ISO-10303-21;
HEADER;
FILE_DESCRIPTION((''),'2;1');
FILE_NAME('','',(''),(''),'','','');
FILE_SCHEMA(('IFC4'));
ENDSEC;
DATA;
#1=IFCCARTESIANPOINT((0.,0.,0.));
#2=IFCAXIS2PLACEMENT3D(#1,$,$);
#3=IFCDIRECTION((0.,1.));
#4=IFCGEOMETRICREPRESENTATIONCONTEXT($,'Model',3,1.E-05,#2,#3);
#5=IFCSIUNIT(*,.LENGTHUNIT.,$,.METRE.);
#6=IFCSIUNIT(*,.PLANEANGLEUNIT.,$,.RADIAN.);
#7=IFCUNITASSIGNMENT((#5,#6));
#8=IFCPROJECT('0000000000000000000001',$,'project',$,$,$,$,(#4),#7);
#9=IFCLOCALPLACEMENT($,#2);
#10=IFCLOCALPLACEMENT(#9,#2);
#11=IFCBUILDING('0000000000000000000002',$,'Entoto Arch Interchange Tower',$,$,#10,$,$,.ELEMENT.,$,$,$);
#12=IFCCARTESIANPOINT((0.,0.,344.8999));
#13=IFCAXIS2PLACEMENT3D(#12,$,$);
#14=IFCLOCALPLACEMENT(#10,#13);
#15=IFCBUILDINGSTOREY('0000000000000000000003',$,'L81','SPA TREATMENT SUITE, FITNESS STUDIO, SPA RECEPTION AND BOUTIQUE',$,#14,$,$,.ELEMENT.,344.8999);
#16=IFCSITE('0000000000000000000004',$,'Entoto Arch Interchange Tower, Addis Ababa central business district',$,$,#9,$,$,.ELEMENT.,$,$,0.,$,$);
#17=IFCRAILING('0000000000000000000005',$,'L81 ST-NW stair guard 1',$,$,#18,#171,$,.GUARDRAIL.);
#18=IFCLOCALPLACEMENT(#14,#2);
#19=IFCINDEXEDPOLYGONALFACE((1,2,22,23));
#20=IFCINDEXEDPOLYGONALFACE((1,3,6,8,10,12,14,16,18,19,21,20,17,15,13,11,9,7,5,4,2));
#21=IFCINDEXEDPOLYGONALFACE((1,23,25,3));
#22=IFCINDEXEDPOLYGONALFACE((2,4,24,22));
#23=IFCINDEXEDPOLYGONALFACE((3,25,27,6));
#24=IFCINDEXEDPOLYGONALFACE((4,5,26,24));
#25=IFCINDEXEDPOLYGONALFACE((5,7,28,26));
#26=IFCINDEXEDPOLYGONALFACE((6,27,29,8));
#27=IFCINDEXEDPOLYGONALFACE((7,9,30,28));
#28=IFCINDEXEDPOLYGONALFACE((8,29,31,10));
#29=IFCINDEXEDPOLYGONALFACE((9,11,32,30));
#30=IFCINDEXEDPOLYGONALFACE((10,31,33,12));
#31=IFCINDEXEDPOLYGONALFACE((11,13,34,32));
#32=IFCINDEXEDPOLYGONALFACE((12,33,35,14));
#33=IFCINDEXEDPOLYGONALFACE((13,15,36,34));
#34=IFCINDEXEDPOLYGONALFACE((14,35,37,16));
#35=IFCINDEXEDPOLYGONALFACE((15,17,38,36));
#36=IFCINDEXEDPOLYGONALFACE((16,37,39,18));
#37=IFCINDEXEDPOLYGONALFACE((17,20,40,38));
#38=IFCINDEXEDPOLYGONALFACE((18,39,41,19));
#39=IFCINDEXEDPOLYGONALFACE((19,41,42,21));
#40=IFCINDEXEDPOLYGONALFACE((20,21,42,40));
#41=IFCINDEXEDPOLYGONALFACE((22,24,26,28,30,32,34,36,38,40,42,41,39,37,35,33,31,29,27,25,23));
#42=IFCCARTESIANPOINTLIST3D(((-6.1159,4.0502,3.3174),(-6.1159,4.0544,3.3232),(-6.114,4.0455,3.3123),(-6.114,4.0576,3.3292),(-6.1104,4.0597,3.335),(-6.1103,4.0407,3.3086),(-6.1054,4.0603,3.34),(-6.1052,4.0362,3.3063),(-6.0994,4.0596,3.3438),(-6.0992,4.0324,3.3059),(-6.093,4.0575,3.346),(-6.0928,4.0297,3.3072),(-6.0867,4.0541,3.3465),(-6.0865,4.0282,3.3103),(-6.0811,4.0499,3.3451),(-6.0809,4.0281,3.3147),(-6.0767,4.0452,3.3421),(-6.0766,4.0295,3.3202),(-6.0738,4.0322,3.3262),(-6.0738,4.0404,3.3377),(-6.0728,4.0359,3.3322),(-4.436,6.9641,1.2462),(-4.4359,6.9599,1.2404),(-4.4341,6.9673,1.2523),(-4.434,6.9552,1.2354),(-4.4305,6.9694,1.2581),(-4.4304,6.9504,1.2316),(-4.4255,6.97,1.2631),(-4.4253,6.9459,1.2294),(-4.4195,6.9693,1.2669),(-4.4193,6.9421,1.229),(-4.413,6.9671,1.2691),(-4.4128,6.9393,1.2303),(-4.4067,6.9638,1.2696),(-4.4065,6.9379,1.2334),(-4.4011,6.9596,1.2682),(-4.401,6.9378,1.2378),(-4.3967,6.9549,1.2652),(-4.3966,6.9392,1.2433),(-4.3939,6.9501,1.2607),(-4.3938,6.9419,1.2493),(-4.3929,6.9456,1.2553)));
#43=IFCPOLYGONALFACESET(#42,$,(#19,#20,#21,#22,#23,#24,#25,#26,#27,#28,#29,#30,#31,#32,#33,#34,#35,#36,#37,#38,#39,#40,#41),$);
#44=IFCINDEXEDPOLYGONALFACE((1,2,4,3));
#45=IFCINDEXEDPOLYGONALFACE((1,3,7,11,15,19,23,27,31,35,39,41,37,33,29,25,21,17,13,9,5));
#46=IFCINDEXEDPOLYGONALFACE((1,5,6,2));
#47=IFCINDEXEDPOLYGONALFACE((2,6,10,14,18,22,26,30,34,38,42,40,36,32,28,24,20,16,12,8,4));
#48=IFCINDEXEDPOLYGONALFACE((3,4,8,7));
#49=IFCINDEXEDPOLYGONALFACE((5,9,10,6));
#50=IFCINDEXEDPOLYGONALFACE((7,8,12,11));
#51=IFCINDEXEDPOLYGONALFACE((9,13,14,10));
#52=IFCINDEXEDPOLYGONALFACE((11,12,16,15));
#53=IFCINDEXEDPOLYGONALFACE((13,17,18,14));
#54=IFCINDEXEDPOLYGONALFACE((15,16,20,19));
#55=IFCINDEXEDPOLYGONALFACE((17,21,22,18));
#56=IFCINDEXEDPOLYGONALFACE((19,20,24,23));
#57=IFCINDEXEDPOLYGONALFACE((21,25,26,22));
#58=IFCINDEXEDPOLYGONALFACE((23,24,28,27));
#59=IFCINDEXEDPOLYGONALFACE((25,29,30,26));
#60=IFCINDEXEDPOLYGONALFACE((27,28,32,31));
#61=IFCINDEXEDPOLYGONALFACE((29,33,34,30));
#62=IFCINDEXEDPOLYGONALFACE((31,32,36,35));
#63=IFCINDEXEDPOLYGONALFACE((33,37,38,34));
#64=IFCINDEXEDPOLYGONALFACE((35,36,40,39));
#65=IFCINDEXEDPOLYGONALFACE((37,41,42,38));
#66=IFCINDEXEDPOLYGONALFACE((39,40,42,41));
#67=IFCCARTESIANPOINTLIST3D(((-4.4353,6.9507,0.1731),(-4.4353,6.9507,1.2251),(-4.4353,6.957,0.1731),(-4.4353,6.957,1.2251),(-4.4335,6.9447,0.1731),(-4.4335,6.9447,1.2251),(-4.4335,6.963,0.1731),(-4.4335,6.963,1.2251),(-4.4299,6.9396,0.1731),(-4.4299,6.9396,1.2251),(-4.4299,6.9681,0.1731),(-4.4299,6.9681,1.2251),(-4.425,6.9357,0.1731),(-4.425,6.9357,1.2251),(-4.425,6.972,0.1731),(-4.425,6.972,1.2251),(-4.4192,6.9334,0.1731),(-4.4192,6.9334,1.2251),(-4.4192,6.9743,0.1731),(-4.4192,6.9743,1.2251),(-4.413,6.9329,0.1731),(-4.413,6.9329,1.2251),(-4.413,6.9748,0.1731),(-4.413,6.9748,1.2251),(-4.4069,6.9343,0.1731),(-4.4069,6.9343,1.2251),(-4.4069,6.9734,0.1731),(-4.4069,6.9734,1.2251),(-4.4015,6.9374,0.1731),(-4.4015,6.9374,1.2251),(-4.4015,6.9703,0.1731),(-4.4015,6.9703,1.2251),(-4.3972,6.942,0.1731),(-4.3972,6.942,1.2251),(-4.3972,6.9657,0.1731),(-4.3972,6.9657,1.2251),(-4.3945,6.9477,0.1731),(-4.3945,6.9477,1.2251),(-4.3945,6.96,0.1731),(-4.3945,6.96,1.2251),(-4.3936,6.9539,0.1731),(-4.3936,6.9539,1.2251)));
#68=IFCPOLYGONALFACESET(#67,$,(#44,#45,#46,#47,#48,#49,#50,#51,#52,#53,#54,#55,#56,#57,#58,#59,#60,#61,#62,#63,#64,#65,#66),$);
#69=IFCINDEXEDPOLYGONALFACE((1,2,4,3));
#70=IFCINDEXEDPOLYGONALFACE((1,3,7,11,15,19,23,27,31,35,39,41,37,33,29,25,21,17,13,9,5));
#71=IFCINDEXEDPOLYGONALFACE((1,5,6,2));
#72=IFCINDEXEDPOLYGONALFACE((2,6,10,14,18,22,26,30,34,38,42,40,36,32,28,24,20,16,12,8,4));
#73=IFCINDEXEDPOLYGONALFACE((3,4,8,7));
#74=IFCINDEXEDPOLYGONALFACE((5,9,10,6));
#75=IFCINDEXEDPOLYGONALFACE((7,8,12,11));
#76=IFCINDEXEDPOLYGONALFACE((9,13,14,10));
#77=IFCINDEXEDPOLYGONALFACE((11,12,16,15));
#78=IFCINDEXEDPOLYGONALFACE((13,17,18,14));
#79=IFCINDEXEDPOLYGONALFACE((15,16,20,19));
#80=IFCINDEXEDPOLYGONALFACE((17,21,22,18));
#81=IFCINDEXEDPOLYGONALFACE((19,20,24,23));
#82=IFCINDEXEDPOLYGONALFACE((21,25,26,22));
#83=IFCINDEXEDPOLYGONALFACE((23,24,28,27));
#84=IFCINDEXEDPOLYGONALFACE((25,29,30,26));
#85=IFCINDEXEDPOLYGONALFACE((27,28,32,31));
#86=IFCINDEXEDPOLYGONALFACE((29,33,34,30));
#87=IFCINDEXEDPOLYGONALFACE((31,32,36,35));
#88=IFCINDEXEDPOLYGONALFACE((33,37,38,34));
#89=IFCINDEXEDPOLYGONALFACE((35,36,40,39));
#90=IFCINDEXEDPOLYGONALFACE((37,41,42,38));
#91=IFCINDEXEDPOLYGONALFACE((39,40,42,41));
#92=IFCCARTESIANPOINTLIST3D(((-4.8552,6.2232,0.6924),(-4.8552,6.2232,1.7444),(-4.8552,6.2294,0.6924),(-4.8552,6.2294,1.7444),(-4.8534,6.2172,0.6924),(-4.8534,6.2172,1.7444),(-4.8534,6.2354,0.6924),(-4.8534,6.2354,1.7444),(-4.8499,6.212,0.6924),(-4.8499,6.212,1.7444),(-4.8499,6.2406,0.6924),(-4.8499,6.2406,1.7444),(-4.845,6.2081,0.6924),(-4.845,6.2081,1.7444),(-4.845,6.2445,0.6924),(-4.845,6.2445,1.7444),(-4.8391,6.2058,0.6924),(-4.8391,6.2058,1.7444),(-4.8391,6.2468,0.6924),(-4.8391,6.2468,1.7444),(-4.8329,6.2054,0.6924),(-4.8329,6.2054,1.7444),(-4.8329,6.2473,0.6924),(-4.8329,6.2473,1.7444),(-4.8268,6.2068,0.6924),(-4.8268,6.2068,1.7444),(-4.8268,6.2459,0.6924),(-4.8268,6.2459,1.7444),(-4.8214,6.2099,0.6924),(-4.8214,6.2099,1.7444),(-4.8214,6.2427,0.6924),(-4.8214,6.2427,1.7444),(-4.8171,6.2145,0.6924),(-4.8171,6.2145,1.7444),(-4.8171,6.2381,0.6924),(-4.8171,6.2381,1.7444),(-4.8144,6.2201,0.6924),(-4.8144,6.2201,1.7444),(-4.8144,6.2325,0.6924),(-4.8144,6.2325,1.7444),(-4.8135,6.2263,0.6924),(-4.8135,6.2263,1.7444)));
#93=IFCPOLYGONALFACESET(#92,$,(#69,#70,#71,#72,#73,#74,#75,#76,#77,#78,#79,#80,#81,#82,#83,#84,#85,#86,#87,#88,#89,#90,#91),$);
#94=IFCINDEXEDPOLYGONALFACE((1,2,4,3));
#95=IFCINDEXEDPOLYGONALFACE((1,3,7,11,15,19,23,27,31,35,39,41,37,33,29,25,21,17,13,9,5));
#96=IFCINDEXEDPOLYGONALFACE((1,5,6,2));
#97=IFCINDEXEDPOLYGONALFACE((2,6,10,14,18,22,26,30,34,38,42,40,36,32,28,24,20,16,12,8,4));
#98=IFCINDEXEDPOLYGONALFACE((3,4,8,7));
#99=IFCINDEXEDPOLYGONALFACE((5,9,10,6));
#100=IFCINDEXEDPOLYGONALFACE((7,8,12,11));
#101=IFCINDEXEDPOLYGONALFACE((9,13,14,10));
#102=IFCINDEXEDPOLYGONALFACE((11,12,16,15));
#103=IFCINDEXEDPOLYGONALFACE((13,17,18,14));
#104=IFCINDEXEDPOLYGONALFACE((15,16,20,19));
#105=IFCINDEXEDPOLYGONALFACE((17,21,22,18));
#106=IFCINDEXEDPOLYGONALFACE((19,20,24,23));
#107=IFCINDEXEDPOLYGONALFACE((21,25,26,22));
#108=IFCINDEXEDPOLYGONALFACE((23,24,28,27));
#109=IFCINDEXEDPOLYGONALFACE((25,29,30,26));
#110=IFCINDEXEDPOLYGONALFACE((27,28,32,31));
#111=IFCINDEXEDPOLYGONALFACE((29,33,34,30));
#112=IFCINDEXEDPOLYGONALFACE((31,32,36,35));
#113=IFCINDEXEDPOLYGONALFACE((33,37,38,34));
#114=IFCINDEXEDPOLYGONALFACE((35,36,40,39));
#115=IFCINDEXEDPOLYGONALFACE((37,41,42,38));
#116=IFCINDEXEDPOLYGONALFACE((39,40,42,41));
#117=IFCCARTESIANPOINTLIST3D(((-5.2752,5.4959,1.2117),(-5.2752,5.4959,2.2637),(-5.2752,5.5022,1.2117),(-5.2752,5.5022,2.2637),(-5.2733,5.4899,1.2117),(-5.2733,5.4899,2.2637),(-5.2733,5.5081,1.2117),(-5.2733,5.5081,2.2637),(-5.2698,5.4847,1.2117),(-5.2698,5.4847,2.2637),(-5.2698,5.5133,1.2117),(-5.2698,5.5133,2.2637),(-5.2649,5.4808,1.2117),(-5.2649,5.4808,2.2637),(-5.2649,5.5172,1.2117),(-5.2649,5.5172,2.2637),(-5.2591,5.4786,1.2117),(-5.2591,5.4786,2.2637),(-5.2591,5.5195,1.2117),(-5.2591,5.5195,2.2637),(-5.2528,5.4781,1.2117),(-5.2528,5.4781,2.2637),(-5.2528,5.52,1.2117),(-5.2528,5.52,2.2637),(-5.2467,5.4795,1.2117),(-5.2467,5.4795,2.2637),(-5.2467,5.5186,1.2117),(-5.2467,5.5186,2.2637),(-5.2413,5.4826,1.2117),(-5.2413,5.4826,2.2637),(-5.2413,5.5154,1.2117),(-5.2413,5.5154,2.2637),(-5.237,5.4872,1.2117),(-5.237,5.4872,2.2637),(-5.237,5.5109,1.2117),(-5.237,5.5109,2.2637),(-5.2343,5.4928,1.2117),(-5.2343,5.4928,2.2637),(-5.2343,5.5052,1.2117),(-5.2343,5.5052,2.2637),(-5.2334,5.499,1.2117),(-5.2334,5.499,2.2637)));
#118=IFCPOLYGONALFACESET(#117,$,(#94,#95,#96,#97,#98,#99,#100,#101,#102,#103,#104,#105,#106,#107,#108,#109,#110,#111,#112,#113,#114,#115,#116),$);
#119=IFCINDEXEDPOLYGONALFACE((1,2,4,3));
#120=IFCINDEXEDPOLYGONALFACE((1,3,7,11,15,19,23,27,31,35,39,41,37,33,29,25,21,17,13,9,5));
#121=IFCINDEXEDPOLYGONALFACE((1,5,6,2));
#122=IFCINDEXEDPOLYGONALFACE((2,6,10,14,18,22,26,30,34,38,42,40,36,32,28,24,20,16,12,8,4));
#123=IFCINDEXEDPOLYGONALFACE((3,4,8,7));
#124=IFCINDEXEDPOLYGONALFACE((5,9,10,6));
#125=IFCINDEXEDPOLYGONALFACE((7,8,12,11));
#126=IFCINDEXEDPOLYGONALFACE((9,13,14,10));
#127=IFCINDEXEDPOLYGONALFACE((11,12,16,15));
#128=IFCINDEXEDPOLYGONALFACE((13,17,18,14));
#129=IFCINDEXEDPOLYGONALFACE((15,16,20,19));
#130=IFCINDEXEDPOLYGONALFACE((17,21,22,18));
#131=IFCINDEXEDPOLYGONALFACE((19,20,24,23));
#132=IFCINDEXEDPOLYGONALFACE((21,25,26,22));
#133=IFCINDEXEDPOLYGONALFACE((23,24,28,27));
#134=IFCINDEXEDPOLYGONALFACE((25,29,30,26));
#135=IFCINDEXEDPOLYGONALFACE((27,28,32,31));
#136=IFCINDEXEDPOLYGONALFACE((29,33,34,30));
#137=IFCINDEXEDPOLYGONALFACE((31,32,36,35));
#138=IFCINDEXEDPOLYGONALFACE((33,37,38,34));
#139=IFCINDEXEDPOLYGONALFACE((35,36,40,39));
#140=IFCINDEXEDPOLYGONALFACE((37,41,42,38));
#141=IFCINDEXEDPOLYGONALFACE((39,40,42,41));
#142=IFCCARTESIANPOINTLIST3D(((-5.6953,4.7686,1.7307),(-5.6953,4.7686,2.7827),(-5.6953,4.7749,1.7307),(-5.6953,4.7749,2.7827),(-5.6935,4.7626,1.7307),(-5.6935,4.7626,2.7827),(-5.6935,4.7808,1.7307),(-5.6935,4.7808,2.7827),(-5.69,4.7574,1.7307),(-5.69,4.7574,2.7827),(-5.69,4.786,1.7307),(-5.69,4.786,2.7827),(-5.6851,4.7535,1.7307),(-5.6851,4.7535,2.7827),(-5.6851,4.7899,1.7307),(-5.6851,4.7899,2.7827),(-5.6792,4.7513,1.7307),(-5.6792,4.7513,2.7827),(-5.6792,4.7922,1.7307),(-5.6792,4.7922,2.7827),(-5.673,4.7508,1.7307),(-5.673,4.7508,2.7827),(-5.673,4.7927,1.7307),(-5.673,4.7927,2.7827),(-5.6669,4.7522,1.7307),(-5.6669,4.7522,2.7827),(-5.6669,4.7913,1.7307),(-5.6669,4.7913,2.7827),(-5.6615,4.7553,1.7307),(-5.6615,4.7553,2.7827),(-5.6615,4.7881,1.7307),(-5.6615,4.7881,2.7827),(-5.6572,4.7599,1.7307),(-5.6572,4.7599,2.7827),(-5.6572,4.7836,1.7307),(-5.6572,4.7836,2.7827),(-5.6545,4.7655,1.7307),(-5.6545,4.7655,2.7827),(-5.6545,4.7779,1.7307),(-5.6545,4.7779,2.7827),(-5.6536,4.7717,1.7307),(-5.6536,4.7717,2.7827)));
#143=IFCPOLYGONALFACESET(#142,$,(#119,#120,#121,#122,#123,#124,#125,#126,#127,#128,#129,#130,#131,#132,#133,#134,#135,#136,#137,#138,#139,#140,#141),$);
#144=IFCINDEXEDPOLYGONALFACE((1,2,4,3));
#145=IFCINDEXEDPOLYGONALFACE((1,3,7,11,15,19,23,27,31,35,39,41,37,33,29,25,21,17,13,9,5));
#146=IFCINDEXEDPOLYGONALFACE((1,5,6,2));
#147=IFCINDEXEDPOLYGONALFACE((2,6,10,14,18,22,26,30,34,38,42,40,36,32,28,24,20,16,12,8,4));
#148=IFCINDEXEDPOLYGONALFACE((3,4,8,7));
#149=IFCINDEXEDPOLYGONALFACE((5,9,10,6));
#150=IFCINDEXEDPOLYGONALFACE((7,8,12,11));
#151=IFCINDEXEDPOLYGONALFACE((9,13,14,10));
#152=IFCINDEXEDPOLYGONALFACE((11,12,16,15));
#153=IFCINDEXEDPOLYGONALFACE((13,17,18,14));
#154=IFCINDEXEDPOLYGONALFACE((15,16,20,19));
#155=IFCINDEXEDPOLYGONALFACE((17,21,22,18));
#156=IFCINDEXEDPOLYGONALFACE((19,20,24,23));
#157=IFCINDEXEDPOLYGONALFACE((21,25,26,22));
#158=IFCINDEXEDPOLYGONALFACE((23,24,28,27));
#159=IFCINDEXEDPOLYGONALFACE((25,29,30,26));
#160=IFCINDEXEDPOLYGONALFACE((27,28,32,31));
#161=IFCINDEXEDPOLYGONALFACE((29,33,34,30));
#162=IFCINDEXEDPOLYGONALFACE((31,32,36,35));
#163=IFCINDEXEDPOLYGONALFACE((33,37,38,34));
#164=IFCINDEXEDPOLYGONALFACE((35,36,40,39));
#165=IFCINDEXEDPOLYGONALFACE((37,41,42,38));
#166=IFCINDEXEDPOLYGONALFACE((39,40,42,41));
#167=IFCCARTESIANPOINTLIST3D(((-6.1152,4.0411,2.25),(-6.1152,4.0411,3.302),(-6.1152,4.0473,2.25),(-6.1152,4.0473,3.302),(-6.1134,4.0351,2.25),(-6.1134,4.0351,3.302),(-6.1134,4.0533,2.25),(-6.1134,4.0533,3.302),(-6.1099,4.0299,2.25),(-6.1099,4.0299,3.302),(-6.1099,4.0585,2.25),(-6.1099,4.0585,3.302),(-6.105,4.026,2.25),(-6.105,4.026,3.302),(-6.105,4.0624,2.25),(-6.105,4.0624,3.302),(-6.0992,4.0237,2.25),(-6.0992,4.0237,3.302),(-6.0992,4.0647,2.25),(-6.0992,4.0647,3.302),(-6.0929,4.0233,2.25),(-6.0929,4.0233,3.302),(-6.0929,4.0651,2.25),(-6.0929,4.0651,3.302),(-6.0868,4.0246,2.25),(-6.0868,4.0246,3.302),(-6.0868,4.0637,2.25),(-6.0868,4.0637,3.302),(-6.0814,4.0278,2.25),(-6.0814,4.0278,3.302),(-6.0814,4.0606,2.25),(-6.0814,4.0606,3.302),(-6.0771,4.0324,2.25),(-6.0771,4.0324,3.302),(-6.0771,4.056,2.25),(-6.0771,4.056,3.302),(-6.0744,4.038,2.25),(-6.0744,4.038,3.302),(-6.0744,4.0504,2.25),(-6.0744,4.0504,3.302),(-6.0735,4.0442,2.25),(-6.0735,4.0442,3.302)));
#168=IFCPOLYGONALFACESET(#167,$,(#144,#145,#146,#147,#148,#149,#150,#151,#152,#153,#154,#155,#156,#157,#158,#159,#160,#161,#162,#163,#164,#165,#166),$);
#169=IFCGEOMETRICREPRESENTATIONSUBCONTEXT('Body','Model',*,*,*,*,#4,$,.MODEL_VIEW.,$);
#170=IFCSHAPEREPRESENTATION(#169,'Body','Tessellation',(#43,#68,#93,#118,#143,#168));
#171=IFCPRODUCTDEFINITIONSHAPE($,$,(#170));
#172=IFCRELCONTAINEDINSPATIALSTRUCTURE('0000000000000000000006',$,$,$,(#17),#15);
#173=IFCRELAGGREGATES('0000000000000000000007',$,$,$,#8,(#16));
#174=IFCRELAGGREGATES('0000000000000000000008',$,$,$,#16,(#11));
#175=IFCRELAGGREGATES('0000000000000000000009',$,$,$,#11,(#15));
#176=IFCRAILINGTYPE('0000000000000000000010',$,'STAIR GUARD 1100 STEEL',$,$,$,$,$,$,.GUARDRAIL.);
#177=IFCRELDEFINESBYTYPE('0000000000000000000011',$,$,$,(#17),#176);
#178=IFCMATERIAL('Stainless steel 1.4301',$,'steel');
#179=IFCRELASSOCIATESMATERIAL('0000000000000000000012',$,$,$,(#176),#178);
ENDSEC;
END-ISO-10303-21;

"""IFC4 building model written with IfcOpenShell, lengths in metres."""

from ifc_helpers import new_model, si_unit, direction, frame, origin, origin_2d, place, context, subcontext, project, spatial, circle, extrude, material, type_object, element, save


model = new_model("IFC4")

# Units and contexts
model_context = context("Model", 3, precision=1e-05, world=origin(), true_north=direction((0.0, 1.0)))
body_context = subcontext(model_context, "Body", "Model", "MODEL_VIEW")
ifc_project = project(units=[si_unit("LENGTHUNIT", "METRE"), si_unit("PLANEANGLEUNIT", "RADIAN")], contexts=[model_context])

# Site, building, storey
site_placement = place(None, origin())
site = spatial("IfcSite", under=ifc_project, at=site_placement, Name="Entoto Arch Interchange Tower, Addis Ababa central business district", CompositionType="ELEMENT", RefElevation=0.0)
building_placement = place(site_placement, origin())
building = spatial("IfcBuilding", under=site, at=building_placement, Name="Entoto Arch Interchange Tower", CompositionType="ELEMENT")
storey_placement = place(building_placement, frame((0.0, 0.0, 344.8999)))
storey = spatial("IfcBuildingStorey", under=building, at=storey_placement, Name="L81", Description="SPA TREATMENT SUITE, FITNESS STUDIO, SPA RECEPTION AND BOUTIQUE", CompositionType="ELEMENT", Elevation=344.8999)

# Railing
ifc_material_1 = material(Name="Stainless steel 1.4301", Category="steel")
railing_type_1 = type_object("IfcRailingType", Name="STAIR GUARD 1100 STEEL", PredefinedType="GUARDRAIL", material=ifc_material_1)
railing_1_placement = place(storey_placement, frame((-4.4146, 6.9539, 0.1731)))
element("IfcRailing", 1, at=railing_1_placement, inside=storey, type_object=railing_type_1, Name="L81 ST-NW stair guard 1", PredefinedType="GUARDRAIL", context=body_context, shape_type="SweptSolid", body=[
    extrude(circle(Radius=0.0239, at=origin_2d()), frame((0.0, 0.0, 1.0762), z_axis=(-0.425308, -0.73664, 0.525809), x_axis=(0.866021, -0.500008, 0.0)), (0.0, 0.0, 1.0), 3.95),
    extrude(circle(Radius=0.021, at=origin_2d()), origin(), (0.0, 0.0, 1.0), 1.052),
    extrude(circle(Radius=0.021, at=origin_2d()), frame((-0.4199, -0.7275, 0.5193)), (0.0, 0.0, 1.0), 1.052),
    extrude(circle(Radius=0.021, at=origin_2d()), frame((-0.8398, -1.4548, 1.0386)), (0.0, 0.0, 1.0), 1.052),
    extrude(circle(Radius=0.021, at=origin_2d()), frame((-1.26, -2.1821, 1.5576)), (0.0, 0.0, 1.0), 1.052),
    extrude(circle(Radius=0.021, at=origin_2d()), frame((-1.6799, -2.9097, 2.0769)), (0.0, 0.0, 1.0), 1.052),
])

save(model, "model.ifc")
